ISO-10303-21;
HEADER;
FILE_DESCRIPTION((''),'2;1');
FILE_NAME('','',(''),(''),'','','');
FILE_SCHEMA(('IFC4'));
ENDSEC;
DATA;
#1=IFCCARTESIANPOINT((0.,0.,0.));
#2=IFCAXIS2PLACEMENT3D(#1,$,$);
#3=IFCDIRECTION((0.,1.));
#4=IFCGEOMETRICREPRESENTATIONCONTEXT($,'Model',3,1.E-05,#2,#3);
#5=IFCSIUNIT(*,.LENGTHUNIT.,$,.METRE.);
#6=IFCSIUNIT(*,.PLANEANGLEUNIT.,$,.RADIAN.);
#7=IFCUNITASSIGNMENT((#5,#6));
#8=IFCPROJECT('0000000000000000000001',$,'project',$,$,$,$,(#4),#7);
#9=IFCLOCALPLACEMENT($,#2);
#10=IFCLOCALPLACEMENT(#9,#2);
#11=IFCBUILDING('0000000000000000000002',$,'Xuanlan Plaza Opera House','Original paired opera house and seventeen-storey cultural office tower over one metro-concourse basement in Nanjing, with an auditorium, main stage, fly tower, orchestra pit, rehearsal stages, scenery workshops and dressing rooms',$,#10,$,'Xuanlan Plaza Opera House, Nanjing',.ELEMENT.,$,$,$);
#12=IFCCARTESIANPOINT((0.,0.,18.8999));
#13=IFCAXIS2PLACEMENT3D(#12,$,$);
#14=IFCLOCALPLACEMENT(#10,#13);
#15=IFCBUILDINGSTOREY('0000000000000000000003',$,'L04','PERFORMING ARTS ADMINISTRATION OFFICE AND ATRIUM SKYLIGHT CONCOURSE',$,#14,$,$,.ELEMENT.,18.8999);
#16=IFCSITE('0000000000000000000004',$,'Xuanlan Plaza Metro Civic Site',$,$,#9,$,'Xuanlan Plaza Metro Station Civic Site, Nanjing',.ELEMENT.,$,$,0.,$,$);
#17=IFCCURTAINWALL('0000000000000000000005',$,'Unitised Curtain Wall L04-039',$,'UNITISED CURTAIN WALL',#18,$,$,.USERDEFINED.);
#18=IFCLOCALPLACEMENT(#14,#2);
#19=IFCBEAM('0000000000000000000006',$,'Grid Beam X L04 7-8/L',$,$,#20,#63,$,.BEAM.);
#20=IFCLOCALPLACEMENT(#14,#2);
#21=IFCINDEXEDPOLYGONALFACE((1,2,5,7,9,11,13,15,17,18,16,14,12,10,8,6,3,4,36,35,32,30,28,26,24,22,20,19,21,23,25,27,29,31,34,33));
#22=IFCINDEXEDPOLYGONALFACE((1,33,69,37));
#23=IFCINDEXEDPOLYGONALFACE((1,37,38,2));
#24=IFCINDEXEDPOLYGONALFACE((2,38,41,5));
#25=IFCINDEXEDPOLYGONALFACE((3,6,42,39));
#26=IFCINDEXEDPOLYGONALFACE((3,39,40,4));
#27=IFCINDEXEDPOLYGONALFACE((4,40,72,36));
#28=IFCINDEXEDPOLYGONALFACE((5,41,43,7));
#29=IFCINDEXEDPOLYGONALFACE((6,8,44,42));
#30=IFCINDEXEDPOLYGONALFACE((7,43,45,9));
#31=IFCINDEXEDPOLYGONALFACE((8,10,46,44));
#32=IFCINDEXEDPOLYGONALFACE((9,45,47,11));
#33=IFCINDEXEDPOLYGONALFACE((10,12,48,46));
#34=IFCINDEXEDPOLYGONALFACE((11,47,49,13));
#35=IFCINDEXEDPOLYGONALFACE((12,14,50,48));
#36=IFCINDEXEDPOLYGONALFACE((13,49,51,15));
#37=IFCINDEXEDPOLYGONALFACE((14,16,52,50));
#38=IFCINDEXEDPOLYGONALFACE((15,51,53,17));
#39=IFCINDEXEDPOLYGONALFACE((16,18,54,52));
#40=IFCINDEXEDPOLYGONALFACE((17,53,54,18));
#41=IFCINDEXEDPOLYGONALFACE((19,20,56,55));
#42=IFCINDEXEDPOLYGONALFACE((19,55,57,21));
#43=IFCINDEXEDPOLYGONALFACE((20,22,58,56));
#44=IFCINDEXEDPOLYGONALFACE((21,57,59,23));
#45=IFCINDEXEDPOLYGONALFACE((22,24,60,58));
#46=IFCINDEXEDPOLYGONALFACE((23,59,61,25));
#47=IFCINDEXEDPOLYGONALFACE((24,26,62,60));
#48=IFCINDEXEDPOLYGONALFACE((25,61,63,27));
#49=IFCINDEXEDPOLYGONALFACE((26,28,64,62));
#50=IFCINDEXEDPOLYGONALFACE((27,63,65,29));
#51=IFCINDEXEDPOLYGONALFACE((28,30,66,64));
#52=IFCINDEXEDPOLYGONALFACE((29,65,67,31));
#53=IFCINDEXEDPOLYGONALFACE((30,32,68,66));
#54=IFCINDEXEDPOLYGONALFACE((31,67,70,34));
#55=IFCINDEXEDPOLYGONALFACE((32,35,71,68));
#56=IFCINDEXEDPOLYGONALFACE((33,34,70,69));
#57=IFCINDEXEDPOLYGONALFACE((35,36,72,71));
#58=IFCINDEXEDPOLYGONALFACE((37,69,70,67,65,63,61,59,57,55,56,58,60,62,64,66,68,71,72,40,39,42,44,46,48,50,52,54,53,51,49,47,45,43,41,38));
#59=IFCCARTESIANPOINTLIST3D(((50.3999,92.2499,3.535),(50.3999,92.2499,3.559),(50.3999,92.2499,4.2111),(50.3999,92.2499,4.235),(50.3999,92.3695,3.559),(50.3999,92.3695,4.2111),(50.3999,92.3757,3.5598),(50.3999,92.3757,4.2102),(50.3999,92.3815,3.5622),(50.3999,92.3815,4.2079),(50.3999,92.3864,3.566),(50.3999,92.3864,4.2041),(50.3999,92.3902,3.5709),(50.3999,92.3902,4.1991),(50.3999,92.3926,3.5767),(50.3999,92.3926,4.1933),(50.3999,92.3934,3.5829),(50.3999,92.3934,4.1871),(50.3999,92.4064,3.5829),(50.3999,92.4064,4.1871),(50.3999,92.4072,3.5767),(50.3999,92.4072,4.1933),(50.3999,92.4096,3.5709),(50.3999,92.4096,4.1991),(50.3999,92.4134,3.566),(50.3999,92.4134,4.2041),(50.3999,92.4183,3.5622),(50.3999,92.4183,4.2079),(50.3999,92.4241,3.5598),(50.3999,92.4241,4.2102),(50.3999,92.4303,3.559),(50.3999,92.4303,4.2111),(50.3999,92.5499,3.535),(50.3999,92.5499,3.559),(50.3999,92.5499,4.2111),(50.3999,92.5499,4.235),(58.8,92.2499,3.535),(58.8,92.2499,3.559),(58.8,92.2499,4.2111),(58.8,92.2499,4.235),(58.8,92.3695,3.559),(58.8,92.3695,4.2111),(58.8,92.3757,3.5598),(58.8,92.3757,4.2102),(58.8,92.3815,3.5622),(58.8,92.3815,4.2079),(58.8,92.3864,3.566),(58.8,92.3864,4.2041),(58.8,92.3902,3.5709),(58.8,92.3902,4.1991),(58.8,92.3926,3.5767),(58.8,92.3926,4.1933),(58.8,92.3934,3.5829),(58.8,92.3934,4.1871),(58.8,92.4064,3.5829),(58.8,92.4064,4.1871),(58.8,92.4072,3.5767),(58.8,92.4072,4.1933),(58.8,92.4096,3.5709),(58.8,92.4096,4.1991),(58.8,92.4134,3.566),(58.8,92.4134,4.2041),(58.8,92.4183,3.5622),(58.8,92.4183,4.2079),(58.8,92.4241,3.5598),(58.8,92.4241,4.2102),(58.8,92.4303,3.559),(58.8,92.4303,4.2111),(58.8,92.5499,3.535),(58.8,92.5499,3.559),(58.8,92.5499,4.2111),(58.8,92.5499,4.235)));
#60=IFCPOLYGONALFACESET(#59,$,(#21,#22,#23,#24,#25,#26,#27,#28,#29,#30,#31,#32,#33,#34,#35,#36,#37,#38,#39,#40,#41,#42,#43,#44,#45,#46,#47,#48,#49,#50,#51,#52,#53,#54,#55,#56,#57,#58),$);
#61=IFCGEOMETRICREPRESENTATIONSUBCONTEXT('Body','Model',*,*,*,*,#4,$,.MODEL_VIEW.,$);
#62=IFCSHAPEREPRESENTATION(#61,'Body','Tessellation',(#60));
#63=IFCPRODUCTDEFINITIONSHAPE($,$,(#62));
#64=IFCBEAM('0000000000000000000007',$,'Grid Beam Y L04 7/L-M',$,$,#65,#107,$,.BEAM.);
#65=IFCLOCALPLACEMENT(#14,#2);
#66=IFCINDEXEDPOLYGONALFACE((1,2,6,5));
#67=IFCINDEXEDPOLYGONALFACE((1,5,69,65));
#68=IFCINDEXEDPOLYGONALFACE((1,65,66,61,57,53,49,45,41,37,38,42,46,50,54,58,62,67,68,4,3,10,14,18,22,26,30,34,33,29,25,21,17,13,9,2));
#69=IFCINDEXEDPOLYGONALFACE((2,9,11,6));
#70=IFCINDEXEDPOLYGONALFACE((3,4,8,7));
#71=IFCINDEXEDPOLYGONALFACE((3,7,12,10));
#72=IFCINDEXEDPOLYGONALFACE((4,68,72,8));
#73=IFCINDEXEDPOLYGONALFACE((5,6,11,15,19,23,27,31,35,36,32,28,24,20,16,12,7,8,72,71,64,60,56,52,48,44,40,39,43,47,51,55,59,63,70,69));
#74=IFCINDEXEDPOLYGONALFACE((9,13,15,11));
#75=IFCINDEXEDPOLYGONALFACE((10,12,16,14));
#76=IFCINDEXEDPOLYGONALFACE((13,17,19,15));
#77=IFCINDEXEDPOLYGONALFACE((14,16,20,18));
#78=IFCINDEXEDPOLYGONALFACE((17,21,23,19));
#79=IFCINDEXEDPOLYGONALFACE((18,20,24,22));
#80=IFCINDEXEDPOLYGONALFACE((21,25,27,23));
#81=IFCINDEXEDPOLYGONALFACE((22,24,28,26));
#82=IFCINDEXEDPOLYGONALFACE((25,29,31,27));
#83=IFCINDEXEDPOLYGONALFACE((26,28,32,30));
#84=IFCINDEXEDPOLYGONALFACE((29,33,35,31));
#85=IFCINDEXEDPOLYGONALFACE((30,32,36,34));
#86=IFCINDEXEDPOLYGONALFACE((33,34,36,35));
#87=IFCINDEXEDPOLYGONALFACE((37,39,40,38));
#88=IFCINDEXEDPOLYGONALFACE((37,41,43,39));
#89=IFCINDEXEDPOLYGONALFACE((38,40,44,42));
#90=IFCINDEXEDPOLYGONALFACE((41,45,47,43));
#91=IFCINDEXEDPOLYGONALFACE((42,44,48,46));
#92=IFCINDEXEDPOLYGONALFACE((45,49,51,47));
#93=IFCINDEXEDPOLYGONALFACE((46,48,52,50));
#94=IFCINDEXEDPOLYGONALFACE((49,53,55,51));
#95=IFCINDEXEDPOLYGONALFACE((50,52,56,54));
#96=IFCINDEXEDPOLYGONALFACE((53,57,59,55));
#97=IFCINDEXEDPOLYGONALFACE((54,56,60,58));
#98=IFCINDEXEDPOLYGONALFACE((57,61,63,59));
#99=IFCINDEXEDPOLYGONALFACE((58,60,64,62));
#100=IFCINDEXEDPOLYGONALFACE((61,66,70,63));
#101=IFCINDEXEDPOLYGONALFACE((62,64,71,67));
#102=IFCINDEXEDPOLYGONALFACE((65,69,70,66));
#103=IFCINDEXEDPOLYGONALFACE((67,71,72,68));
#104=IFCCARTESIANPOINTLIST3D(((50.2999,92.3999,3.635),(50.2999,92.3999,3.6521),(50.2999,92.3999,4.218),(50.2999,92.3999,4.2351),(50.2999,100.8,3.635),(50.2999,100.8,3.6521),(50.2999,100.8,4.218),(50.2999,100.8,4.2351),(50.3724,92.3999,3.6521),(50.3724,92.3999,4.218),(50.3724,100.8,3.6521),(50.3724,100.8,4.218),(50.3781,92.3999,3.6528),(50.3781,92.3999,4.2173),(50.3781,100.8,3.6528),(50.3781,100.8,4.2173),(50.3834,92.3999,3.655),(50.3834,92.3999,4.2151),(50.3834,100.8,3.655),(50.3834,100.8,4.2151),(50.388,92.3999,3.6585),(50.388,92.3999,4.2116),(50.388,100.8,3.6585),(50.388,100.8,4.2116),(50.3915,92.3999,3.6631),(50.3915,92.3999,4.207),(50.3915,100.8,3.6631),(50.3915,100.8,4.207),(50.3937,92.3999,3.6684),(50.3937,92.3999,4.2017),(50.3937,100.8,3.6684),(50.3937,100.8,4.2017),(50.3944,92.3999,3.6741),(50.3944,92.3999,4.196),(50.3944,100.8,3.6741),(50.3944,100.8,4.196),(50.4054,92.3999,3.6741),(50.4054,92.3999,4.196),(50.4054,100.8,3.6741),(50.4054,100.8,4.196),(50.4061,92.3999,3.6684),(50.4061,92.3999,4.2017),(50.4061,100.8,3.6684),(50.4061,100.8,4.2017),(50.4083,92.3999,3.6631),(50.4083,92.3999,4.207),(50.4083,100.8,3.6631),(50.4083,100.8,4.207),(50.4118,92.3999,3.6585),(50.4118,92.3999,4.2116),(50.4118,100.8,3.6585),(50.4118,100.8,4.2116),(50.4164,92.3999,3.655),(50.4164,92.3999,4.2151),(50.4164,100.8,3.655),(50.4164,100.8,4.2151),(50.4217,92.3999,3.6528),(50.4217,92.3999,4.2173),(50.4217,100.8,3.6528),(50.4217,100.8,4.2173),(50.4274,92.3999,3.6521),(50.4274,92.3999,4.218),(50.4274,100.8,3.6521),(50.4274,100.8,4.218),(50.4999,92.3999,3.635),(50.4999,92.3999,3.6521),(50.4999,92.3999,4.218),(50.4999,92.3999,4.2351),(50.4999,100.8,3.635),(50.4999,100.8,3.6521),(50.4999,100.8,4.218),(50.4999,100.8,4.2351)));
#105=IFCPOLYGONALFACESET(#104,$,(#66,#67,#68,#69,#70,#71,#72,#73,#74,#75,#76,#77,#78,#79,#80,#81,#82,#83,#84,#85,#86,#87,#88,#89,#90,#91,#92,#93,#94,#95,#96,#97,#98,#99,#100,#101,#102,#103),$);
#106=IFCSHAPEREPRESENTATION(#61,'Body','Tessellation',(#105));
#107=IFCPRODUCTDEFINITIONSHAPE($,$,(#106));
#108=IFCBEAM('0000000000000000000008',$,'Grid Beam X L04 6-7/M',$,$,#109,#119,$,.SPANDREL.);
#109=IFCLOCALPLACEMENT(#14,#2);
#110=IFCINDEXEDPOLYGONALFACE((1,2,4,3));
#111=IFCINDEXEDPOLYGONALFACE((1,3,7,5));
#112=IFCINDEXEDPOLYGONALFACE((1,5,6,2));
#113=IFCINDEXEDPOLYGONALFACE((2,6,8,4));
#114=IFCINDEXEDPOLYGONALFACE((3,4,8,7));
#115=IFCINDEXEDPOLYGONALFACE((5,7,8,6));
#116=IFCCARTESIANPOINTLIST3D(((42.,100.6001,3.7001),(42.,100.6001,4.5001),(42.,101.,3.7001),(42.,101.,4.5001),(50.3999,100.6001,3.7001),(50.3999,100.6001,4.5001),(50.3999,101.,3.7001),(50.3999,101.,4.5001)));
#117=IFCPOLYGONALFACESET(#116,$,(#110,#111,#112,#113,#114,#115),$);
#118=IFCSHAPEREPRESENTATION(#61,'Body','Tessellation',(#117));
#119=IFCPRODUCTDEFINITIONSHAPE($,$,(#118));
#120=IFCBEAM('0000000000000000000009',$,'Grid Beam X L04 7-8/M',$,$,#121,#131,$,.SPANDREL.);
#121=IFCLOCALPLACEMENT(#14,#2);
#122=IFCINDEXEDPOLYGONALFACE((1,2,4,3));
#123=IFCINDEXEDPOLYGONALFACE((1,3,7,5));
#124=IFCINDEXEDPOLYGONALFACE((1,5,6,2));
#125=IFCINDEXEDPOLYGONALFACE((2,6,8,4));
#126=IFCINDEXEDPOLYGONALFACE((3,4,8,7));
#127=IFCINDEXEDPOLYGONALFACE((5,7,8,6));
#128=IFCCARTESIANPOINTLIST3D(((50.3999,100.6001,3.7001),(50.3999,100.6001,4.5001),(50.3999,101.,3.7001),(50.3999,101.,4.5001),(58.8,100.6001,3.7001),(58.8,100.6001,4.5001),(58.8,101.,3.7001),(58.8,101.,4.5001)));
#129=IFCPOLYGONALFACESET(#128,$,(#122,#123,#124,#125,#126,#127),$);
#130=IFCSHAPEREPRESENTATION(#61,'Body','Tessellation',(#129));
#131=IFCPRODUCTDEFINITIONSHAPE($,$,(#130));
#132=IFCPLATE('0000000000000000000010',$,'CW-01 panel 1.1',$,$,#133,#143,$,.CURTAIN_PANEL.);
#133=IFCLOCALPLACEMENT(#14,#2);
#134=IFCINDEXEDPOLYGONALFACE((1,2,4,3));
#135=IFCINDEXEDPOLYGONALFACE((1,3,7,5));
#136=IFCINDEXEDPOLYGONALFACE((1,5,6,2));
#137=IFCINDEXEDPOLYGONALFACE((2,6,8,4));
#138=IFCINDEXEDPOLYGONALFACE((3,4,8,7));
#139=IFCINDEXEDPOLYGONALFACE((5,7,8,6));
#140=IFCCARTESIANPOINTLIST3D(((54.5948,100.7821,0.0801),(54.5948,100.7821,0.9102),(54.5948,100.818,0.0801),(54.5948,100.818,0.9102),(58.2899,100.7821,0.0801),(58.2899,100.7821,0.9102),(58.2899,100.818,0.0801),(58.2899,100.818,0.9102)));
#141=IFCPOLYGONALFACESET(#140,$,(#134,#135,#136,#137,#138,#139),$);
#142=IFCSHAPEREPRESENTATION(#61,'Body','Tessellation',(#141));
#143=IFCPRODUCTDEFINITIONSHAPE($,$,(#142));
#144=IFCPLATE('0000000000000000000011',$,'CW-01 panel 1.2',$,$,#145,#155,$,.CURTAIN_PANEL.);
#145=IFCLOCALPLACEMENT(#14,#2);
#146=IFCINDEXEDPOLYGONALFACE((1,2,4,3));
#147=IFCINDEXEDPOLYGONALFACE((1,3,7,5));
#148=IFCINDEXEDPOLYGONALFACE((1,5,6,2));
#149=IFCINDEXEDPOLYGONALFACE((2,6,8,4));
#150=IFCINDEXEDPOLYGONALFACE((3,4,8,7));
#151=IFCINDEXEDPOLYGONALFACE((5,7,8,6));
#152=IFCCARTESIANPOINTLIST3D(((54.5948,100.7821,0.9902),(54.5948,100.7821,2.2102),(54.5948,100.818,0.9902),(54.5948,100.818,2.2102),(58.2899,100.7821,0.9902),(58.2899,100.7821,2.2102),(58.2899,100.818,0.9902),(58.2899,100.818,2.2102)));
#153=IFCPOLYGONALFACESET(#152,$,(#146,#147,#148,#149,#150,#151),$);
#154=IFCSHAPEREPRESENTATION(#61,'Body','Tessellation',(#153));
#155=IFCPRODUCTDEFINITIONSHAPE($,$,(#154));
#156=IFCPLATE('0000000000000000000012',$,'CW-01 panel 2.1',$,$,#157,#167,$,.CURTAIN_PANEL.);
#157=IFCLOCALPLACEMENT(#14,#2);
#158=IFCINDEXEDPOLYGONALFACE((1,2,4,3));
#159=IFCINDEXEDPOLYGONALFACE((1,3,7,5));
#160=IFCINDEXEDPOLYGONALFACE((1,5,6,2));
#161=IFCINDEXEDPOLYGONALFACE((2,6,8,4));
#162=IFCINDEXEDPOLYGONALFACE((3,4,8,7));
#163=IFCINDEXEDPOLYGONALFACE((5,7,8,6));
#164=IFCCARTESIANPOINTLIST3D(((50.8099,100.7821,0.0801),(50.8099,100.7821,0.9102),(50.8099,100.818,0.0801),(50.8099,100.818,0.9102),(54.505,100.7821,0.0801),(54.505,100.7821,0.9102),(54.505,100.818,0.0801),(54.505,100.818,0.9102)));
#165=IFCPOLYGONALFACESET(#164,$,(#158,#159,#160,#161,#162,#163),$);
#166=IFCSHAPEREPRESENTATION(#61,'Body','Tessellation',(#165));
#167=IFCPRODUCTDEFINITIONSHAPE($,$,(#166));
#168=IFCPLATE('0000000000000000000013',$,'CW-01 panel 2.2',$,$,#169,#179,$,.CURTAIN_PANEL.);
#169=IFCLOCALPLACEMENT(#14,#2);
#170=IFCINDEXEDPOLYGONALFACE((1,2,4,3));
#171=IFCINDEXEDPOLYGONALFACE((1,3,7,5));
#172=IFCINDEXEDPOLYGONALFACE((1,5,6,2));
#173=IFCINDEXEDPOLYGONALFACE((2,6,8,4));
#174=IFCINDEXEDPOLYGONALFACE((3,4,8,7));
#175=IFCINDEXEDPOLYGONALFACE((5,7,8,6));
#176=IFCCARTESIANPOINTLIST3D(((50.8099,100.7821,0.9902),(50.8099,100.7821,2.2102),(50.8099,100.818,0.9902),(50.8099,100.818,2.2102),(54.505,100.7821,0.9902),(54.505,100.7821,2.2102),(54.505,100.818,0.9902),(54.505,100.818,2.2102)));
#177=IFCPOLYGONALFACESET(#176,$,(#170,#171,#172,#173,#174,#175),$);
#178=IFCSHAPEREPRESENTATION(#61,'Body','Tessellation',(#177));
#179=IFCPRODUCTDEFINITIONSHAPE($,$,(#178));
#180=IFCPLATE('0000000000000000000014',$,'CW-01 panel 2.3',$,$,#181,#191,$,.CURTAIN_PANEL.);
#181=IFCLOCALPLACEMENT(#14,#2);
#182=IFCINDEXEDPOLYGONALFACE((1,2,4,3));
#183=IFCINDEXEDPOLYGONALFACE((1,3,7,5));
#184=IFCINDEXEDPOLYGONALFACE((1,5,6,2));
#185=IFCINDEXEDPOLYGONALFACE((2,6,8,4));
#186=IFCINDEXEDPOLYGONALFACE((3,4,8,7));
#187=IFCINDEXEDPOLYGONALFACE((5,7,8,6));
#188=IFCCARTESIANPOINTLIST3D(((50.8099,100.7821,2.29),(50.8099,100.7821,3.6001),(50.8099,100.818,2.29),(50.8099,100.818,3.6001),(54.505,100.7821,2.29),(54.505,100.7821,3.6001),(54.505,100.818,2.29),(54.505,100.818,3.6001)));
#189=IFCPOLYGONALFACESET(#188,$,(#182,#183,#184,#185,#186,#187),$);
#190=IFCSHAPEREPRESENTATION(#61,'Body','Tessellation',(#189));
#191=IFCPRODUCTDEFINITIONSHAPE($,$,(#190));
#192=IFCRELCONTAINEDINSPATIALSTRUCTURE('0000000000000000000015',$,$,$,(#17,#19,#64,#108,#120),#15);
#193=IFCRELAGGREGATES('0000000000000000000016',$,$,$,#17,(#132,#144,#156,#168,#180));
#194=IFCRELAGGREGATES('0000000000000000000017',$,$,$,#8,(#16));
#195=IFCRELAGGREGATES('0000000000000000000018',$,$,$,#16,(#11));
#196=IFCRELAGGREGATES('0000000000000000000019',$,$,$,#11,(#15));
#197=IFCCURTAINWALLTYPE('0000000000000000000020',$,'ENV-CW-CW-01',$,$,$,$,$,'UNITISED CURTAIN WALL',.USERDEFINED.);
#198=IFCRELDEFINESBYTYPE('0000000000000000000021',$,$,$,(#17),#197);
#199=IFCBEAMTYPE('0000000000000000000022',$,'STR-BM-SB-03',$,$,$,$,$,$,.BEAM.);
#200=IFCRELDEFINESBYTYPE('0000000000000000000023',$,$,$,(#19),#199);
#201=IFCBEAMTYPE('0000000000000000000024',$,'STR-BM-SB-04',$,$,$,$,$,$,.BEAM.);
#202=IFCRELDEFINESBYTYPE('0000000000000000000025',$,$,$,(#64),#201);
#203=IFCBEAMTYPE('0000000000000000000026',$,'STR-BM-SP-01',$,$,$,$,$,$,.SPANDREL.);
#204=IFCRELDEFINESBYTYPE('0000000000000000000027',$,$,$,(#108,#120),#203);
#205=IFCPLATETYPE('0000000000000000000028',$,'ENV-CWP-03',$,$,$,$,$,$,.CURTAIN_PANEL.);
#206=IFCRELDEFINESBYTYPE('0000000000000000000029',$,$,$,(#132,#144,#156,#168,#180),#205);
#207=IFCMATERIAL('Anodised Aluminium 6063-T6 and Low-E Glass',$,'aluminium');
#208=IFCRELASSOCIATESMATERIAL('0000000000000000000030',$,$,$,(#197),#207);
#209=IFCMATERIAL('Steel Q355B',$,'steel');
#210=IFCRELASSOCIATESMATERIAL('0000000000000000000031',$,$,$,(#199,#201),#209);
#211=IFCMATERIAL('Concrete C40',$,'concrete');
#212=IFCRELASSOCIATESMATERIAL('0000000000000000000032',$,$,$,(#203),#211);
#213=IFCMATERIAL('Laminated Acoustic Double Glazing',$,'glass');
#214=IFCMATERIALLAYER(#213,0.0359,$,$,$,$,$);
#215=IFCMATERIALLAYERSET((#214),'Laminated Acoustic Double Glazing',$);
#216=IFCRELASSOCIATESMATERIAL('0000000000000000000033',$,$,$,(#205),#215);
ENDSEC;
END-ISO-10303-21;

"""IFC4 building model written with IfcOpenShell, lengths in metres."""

from ifc_helpers import new_model, si_unit, direction, frame, origin, origin_2d, place, context, subcontext, project, spatial, rectangle, i_section, extrude, material, layer, layer_set, material_profile, profile_set, type_object, element, aggregate, save


model = new_model("IFC4")

# Units and contexts
model_context = context("Model", 3, precision=1e-05, world=origin(), true_north=direction((0.0, 1.0)))
body_context = subcontext(model_context, "Body", "Model", "MODEL_VIEW")
ifc_project = project(units=[si_unit("LENGTHUNIT", "METRE"), si_unit("PLANEANGLEUNIT", "RADIAN")], contexts=[model_context])

# Site, building, storey
site_placement = place(None, origin())
site = spatial("IfcSite", under=ifc_project, at=site_placement, Name="Xuanlan Plaza Metro Civic Site", LongName="Xuanlan Plaza Metro Station Civic Site, Nanjing", CompositionType="ELEMENT", RefElevation=0.0)
building_placement = place(site_placement, origin())
building = spatial("IfcBuilding", under=site, at=building_placement, Name="Xuanlan Plaza Opera House", Description="Original paired opera house and seventeen-storey cultural office tower over one metro-concourse basement in Nanjing, with an auditorium, main stage, fly tower, orchestra pit, rehearsal stages, scenery workshops and dressing rooms", LongName="Xuanlan Plaza Opera House, Nanjing", CompositionType="ELEMENT")
storey_placement = place(building_placement, frame((0.0, 0.0, 18.8999)))
storey = spatial("IfcBuildingStorey", under=building, at=storey_placement, Name="L04", Description="PERFORMING ARTS ADMINISTRATION OFFICE AND ATRIUM SKYLIGHT CONCOURSE", CompositionType="ELEMENT", Elevation=18.8999)

# Shared definitions
ifc_material_1 = material(Name="Concrete C40", Category="concrete")

# Curtain wall
ifc_material_2 = material(Name="Anodised Aluminium 6063-T6 and Low-E Glass", Category="aluminium")
curtain_wall_type = type_object("IfcCurtainWallType", Name="ENV-CW-CW-01", ElementType="UNITISED CURTAIN WALL", PredefinedType="USERDEFINED", material=ifc_material_2)
curtain_wall_placement = place(storey_placement, origin())
curtain_wall = element("IfcCurtainWall", 1, at=curtain_wall_placement, inside=storey, type_object=curtain_wall_type, Name="Unitised Curtain Wall L04-039", ObjectType="UNITISED CURTAIN WALL", PredefinedType="USERDEFINED")

# Beams
ifc_material_3 = material(Name="Steel Q355B", Category="steel")
ifc_material_profile_1 = material_profile(ifc_material_3, i_section(OverallWidth=0.3, OverallDepth=0.7, WebThickness=0.0129, FlangeThickness=0.0239, FilletRadius=0.0239, at=origin_2d()), Name="HN 700x300x13x24")
ifc_profile_set_1 = profile_set([ifc_material_profile_1], Name="Steel Q355B")
beam_type_1 = type_object("IfcBeamType", Name="STR-BM-SB-03", PredefinedType="BEAM", material=ifc_profile_set_1)
beam_1_placement = place(storey_placement, frame((50.3999, 92.3999, 3.885), z_axis=(1.0, 0.0, 0.0), x_axis=(0.0, 1.0, 0.0)))
element("IfcBeam", 2, at=beam_1_placement, inside=storey, type_object=beam_type_1, Name="Grid Beam X L04 7-8/L", PredefinedType="BEAM", context=body_context, shape_type="SweptSolid", body=[
    extrude(i_section(OverallWidth=0.3, OverallDepth=0.7, WebThickness=0.0129, FlangeThickness=0.0239, FilletRadius=0.0239, at=origin_2d()), origin(), (0.0, 0.0, 1.0), 8.4001),
])
ifc_material_profile_2 = material_profile(ifc_material_3, i_section(OverallWidth=0.2, OverallDepth=0.6001, WebThickness=0.011, FlangeThickness=0.0171, FilletRadius=0.022, at=origin_2d()), Name="HN 600x200x11x17")
ifc_profile_set_2 = profile_set([ifc_material_profile_2], Name="Steel Q355B")
beam_type_2 = type_object("IfcBeamType", Name="STR-BM-SB-04", PredefinedType="BEAM", material=ifc_profile_set_2)
beam_2_placement = place(storey_placement, frame((50.3999, 92.3999, 3.9351), z_axis=(0.0, 1.0, 0.0), x_axis=(-1.0, 0.0, 0.0)))
element("IfcBeam", 3, at=beam_2_placement, inside=storey, type_object=beam_type_2, Name="Grid Beam Y L04 7/L-M", PredefinedType="BEAM", context=body_context, shape_type="SweptSolid", body=[
    extrude(i_section(OverallWidth=0.2, OverallDepth=0.6001, WebThickness=0.011, FlangeThickness=0.0171, FilletRadius=0.022, at=origin_2d()), origin(), (0.0, 0.0, 1.0), 8.4001),
])
ifc_material_profile_3 = material_profile(ifc_material_1, rectangle(XDim=0.3999, YDim=0.8, at=origin_2d()), Name="RC-SPD 400x800")
ifc_profile_set_3 = profile_set([ifc_material_profile_3], Name="Concrete C40")
beam_type_3 = type_object("IfcBeamType", Name="STR-BM-SP-01", PredefinedType="SPANDREL", material=ifc_profile_set_3)
beam_3_placement = place(storey_placement, frame((42.0, 100.8, 4.1001), z_axis=(1.0, 0.0, 0.0), x_axis=(0.0, 1.0, 0.0)))
element("IfcBeam", 4, at=beam_3_placement, inside=storey, type_object=beam_type_3, Name="Grid Beam X L04 6-7/M", PredefinedType="SPANDREL", context=body_context, shape_type="SweptSolid", body=[
    extrude(rectangle(XDim=0.3999, YDim=0.8, at=origin_2d()), origin(), (0.0, 0.0, 1.0), 8.3999),
])
beam_4_placement = place(storey_placement, frame((50.3999, 100.8, 4.1001), z_axis=(1.0, 0.0, 0.0), x_axis=(0.0, 1.0, 0.0)))
element("IfcBeam", 5, at=beam_4_placement, inside=storey, type_object=beam_type_3, Name="Grid Beam X L04 7-8/M", PredefinedType="SPANDREL", context=body_context, shape_type="SweptSolid", body=[
    extrude(rectangle(XDim=0.3999, YDim=0.8, at=origin_2d()), origin(), (0.0, 0.0, 1.0), 8.4001),
])

# Plates
ifc_material_4 = material(Name="Laminated Acoustic Double Glazing", Category="glass")
ifc_layer_1 = layer(ifc_material_4, 0.0359)
ifc_layer_set_1 = layer_set([ifc_layer_1], Name="Laminated Acoustic Double Glazing")
plate_type = type_object("IfcPlateType", Name="ENV-CWP-03", PredefinedType="CURTAIN_PANEL", material=ifc_layer_set_1)
plate_1_placement = place(storey_placement, frame((56.4424, 100.8, 0.0801), z_axis=(0.0, 0.0, 1.0), x_axis=(-1.0, 0.0, 0.0)))
plate_1 = element("IfcPlate", 6, at=plate_1_placement, type_object=plate_type, Name="CW-01 panel 1.1", PredefinedType="CURTAIN_PANEL", context=body_context, shape_type="SweptSolid", body=[
    extrude(rectangle(XDim=3.6951, YDim=0.0359, at=origin_2d()), origin(), (0.0, 0.0, 1.0), 0.8301),
])
plate_2_placement = place(storey_placement, frame((56.4424, 100.8, 0.9902), z_axis=(0.0, 0.0, 1.0), x_axis=(-1.0, 0.0, 0.0)))
plate_2 = element("IfcPlate", 7, at=plate_2_placement, type_object=plate_type, Name="CW-01 panel 1.2", PredefinedType="CURTAIN_PANEL", context=body_context, shape_type="SweptSolid", body=[
    extrude(rectangle(XDim=3.6951, YDim=0.0359, at=origin_2d()), origin(), (0.0, 0.0, 1.0), 1.22),
])
plate_3_placement = place(storey_placement, frame((52.6575, 100.8, 0.0801), z_axis=(0.0, 0.0, 1.0), x_axis=(-1.0, 0.0, 0.0)))
plate_3 = element("IfcPlate", 8, at=plate_3_placement, type_object=plate_type, Name="CW-01 panel 2.1", PredefinedType="CURTAIN_PANEL", context=body_context, shape_type="SweptSolid", body=[
    extrude(rectangle(XDim=3.6951, YDim=0.0359, at=origin_2d()), origin(), (0.0, 0.0, 1.0), 0.8301),
])
plate_4_placement = place(storey_placement, frame((52.6575, 100.8, 0.9902), z_axis=(0.0, 0.0, 1.0), x_axis=(-1.0, 0.0, 0.0)))
plate_4 = element("IfcPlate", 9, at=plate_4_placement, type_object=plate_type, Name="CW-01 panel 2.2", PredefinedType="CURTAIN_PANEL", context=body_context, shape_type="SweptSolid", body=[
    extrude(rectangle(XDim=3.6951, YDim=0.0359, at=origin_2d()), origin(), (0.0, 0.0, 1.0), 1.22),
])
plate_5_placement = place(storey_placement, frame((52.6575, 100.8, 2.29), z_axis=(0.0, 0.0, 1.0), x_axis=(-1.0, 0.0, 0.0)))
plate_5 = element("IfcPlate", 10, at=plate_5_placement, type_object=plate_type, Name="CW-01 panel 2.3", PredefinedType="CURTAIN_PANEL", context=body_context, shape_type="SweptSolid", body=[
    extrude(rectangle(XDim=3.6951, YDim=0.0359, at=origin_2d()), origin(), (0.0, 0.0, 1.0), 1.3101),
])
aggregate(curtain_wall, [plate_1, plate_2, plate_3, plate_4, plate_5])

save(model, "model.ifc")
